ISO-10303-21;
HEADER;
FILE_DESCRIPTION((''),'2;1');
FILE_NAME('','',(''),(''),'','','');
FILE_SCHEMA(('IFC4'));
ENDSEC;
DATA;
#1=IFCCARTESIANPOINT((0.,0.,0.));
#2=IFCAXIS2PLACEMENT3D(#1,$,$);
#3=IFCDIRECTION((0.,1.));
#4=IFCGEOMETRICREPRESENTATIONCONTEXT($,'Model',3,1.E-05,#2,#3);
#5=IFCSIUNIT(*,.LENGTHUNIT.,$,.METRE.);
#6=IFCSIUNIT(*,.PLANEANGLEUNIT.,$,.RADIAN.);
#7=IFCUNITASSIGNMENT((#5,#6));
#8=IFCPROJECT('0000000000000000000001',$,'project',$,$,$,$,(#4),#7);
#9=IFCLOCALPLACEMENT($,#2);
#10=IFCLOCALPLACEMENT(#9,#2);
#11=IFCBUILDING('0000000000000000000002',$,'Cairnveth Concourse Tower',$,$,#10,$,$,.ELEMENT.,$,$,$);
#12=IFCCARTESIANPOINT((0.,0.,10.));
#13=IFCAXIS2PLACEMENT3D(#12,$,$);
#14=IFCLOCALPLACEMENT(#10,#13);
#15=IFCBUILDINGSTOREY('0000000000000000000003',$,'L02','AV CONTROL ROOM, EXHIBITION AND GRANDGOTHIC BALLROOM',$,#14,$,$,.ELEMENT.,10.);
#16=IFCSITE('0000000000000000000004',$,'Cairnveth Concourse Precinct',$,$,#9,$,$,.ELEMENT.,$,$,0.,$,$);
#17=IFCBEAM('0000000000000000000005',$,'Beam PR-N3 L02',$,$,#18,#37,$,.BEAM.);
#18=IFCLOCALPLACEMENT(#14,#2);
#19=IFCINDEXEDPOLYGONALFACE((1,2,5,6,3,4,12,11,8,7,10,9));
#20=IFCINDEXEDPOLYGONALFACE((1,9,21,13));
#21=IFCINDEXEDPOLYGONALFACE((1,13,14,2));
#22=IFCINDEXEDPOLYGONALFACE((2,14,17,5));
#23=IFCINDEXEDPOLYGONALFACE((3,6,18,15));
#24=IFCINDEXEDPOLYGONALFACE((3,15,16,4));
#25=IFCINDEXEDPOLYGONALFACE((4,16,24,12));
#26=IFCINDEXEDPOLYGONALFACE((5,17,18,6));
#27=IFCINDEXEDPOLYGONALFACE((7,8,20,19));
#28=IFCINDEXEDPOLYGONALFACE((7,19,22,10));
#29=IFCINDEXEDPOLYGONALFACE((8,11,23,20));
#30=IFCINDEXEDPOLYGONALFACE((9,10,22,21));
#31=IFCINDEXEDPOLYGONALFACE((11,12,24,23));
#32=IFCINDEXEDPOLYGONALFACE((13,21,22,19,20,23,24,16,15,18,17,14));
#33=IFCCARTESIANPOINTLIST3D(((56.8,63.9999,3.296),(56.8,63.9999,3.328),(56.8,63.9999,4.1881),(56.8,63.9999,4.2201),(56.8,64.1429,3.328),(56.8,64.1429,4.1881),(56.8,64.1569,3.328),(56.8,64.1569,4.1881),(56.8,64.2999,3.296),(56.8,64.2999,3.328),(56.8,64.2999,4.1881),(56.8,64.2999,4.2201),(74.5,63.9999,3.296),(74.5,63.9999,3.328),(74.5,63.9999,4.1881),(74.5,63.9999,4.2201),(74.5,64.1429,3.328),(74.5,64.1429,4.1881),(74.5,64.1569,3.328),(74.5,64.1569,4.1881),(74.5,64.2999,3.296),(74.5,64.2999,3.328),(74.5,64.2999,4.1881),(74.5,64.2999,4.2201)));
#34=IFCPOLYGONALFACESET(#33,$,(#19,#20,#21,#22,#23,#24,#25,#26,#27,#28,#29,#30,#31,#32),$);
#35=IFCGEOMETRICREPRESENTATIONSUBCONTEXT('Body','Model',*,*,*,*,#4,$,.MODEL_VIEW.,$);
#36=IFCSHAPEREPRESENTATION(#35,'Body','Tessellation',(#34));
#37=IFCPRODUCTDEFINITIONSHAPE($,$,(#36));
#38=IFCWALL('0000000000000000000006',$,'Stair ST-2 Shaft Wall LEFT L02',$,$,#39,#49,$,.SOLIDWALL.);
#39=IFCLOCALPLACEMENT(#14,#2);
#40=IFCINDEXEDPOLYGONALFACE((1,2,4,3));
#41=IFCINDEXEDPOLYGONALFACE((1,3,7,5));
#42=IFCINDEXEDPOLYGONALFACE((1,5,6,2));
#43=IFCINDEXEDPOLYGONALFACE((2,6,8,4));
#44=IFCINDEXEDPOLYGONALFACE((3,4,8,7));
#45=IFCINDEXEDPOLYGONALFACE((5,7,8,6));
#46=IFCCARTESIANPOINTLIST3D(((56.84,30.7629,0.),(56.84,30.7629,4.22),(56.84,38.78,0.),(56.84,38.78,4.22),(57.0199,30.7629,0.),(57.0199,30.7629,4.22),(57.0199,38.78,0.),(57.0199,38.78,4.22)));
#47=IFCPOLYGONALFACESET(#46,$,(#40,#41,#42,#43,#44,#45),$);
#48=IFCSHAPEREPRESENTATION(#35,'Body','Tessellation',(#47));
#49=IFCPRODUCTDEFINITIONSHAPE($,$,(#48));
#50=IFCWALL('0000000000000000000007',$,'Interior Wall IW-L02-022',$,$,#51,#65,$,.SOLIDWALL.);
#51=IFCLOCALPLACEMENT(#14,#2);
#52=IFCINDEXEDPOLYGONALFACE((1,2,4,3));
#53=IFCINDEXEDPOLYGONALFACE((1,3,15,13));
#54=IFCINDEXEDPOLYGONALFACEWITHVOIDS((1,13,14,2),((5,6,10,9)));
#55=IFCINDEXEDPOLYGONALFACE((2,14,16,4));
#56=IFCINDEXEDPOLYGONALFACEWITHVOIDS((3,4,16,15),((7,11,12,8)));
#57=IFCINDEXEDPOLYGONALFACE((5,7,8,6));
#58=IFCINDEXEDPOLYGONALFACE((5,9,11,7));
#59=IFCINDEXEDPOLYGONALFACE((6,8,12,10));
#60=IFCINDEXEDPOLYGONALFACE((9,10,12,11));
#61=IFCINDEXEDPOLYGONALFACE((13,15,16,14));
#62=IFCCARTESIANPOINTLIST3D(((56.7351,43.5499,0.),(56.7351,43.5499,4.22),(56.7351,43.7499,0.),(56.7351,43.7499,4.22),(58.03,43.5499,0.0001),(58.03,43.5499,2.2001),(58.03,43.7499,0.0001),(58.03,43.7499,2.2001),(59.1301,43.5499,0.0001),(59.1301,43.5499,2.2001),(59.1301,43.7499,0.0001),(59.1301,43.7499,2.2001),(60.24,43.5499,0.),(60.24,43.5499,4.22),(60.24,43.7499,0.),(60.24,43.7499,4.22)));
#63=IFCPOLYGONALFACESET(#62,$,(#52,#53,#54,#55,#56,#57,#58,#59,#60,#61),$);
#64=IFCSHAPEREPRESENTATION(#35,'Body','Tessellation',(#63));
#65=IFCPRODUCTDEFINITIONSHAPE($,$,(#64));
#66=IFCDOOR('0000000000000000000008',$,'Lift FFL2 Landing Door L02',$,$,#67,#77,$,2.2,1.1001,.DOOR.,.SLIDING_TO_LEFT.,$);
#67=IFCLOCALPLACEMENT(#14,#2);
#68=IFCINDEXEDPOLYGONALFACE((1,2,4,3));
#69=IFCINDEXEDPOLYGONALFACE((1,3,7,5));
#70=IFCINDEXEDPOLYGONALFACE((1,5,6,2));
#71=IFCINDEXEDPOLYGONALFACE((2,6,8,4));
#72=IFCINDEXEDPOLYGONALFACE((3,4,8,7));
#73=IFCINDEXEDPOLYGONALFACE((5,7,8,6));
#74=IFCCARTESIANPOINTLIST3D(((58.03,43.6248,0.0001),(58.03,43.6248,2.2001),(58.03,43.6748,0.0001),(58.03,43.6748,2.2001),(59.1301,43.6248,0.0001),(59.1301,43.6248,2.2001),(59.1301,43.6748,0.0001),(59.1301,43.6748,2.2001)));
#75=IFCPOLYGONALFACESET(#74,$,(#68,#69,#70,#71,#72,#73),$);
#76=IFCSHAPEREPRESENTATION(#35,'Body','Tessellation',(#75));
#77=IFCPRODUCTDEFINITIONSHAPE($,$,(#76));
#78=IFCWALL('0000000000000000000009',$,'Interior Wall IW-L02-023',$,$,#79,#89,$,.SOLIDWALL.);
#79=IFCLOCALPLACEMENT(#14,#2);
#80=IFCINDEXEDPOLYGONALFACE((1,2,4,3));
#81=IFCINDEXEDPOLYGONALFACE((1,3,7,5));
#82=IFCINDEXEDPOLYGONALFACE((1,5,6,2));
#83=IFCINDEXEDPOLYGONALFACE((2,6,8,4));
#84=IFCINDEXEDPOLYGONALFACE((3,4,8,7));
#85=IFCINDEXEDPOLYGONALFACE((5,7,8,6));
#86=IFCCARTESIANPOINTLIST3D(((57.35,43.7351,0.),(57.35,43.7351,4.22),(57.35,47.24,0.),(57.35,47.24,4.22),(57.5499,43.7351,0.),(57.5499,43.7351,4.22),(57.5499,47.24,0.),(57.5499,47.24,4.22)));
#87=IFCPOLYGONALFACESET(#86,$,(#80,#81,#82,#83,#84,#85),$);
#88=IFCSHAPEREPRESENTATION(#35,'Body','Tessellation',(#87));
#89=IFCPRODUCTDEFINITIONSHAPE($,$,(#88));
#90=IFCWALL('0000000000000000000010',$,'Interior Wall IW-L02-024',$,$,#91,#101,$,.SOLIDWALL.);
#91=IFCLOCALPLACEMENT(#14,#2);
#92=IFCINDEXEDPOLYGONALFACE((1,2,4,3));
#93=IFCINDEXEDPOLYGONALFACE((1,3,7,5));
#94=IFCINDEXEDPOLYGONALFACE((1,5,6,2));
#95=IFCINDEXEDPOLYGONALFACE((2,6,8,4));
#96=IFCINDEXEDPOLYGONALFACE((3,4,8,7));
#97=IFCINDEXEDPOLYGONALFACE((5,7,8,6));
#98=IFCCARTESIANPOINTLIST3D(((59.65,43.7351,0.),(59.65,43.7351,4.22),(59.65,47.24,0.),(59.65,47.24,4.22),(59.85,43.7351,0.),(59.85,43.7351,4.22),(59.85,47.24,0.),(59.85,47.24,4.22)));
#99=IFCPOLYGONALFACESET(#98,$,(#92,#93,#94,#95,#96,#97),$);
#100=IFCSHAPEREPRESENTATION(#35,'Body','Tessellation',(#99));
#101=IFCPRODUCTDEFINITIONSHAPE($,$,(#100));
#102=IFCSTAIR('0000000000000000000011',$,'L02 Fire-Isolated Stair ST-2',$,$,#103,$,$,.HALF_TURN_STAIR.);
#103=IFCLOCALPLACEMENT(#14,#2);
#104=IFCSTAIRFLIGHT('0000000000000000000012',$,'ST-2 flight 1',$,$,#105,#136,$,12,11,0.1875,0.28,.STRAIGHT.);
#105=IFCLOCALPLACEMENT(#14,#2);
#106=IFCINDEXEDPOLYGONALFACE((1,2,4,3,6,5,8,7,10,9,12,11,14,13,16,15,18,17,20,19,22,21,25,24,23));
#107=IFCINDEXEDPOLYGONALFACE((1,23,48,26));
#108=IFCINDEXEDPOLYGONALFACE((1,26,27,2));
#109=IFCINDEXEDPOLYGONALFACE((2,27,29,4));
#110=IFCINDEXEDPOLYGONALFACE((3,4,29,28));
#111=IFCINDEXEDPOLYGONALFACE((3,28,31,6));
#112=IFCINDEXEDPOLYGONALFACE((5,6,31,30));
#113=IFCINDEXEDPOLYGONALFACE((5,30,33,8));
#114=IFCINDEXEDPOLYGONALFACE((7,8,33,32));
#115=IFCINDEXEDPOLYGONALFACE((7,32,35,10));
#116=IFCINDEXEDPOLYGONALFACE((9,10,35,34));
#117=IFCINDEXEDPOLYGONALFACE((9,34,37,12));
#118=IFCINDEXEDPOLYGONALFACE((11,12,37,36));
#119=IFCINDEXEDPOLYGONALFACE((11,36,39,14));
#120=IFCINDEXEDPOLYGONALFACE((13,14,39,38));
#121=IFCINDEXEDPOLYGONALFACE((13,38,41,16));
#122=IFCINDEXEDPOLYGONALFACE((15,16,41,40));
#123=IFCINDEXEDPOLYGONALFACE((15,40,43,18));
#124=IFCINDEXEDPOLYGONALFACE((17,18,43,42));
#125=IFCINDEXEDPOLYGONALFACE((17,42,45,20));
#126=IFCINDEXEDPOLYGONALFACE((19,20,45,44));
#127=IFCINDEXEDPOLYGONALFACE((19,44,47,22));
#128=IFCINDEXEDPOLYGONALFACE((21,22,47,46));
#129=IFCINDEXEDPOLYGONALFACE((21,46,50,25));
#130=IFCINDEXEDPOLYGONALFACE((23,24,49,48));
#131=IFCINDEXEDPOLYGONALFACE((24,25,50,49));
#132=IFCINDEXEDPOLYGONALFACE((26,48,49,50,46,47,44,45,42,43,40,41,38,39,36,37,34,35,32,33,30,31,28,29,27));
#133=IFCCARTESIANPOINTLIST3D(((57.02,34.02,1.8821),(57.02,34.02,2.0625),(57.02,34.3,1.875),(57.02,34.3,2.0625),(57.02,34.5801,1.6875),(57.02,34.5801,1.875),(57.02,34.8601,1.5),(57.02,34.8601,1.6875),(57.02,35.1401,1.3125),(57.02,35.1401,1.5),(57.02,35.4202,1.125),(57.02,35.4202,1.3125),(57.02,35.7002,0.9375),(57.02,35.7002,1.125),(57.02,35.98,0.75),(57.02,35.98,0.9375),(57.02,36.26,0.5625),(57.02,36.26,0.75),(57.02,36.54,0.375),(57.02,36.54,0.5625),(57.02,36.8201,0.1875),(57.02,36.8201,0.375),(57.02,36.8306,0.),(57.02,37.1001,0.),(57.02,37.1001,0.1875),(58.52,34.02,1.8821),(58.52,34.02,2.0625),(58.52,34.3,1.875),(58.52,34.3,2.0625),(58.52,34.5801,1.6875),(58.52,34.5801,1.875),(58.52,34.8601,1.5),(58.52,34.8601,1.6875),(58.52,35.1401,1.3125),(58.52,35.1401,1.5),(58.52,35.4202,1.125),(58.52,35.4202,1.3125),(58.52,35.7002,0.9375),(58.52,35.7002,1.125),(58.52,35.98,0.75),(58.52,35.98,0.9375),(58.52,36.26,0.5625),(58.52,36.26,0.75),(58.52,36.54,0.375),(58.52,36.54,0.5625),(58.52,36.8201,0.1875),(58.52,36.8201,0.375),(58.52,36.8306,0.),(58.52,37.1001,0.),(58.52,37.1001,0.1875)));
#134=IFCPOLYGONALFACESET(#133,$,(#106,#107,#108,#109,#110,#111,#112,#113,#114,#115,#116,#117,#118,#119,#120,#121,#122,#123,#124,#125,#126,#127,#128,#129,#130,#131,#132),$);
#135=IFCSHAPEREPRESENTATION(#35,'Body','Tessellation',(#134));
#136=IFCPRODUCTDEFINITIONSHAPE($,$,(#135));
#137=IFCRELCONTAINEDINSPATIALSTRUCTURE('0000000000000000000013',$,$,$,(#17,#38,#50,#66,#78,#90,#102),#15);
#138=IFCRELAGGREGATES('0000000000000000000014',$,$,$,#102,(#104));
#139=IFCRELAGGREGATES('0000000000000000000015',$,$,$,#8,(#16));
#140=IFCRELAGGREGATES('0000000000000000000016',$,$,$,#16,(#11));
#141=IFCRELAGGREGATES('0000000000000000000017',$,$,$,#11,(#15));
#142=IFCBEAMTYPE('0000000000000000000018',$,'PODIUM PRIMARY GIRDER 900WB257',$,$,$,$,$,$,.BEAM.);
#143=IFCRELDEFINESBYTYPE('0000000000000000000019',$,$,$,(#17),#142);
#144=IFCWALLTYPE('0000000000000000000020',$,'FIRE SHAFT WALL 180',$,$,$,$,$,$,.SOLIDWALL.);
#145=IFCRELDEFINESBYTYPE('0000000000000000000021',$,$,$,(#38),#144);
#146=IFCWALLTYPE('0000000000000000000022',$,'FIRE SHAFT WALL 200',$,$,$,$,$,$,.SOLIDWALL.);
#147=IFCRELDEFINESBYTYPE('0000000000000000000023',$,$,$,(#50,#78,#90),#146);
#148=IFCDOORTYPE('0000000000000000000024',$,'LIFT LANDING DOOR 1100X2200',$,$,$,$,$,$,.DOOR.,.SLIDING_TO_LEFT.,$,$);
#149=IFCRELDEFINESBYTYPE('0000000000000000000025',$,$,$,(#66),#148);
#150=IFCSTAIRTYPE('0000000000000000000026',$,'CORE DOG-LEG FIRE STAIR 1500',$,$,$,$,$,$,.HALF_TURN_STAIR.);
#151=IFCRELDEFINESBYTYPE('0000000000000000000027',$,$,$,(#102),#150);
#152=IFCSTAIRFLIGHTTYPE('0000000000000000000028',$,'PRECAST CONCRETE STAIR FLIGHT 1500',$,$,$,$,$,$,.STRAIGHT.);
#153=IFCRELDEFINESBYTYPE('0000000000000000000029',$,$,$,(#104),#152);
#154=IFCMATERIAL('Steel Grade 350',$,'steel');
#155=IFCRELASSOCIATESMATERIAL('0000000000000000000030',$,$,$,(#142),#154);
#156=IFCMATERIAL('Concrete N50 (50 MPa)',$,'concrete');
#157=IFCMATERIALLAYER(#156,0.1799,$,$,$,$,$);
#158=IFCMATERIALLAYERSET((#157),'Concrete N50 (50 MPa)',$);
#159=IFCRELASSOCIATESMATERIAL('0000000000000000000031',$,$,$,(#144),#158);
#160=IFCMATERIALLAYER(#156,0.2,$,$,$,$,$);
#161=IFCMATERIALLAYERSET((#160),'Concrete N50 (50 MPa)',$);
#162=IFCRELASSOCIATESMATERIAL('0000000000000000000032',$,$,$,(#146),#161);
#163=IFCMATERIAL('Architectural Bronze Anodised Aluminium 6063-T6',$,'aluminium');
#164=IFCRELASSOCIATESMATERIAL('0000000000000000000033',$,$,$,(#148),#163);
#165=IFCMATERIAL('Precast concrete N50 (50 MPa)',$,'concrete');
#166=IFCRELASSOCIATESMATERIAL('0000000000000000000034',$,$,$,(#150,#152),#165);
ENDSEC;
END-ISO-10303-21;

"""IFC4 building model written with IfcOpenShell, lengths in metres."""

from ifc_helpers import new_model, si_unit, direction, frame, frame_2d, origin, origin_2d, place, context, subcontext, project, spatial, polyline, rectangle, i_section, outline, extrude, material, layer, layer_set, material_profile, profile_set, type_object, element, fill, aggregate, save


model = new_model("IFC4")

# Units and contexts
model_context = context("Model", 3, precision=1e-05, world=origin(), true_north=direction((0.0, 1.0)))
body_context = subcontext(model_context, "Body", "Model", "MODEL_VIEW")
ifc_project = project(units=[si_unit("LENGTHUNIT", "METRE"), si_unit("PLANEANGLEUNIT", "RADIAN")], contexts=[model_context])

# Site, building, storey
site_placement = place(None, origin())
site = spatial("IfcSite", under=ifc_project, at=site_placement, Name="Cairnveth Concourse Precinct", CompositionType="ELEMENT", RefElevation=0.0)
building_placement = place(site_placement, origin())
building = spatial("IfcBuilding", under=site, at=building_placement, Name="Cairnveth Concourse Tower", CompositionType="ELEMENT")
storey_placement = place(building_placement, frame((0.0, 0.0, 10.0)))
storey = spatial("IfcBuildingStorey", under=building, at=storey_placement, Name="L02", Description="AV CONTROL ROOM, EXHIBITION AND GRANDGOTHIC BALLROOM", CompositionType="ELEMENT", Elevation=10.0)

# Beam
ifc_material_1 = material(Name="Steel Grade 350", Category="steel")
ifc_material_profile_1 = material_profile(ifc_material_1, i_section(OverallWidth=0.3, OverallDepth=0.9241, WebThickness=0.0139, FlangeThickness=0.032, at=origin_2d()), Name="900WB257")
ifc_profile_set_1 = profile_set([ifc_material_profile_1], Name="Steel Grade 350")
beam_type_1 = type_object("IfcBeamType", Name="PODIUM PRIMARY GIRDER 900WB257", PredefinedType="BEAM", material=ifc_profile_set_1)
beam_1_placement = place(storey_placement, frame((56.8, 64.1499, 3.7581), z_axis=(1.0, 0.0, 0.0), x_axis=(0.0, 1.0, 0.0)))
element("IfcBeam", 1, at=beam_1_placement, inside=storey, type_object=beam_type_1, Name="Beam PR-N3 L02", PredefinedType="BEAM", context=body_context, shape_type="SweptSolid", body=[
    extrude(i_section(OverallWidth=0.3, OverallDepth=0.9241, WebThickness=0.0139, FlangeThickness=0.032, at=origin_2d()), origin(), (0.0, 0.0, 1.0), 17.7),
])

# Shared definitions
ifc_material_2 = material(Name="Concrete N50 (50 MPa)", Category="concrete")
ifc_layer_1 = layer(ifc_material_2, 0.1799)
ifc_layer_set_1 = layer_set([ifc_layer_1], Name="Concrete N50 (50 MPa)")
wall_type_1 = type_object("IfcWallType", Name="FIRE SHAFT WALL 180", PredefinedType="SOLIDWALL", material=ifc_layer_set_1)

# Wall
wall_1_placement = place(storey_placement, frame((56.9299, 38.78, 0.0), z_axis=(0.0, 0.0, 1.0), x_axis=(0.0, -1.0, 0.0)))
element("IfcWall", 2, at=wall_1_placement, inside=storey, type_object=wall_type_1, Name="Stair ST-2 Shaft Wall LEFT L02", PredefinedType="SOLIDWALL", context=body_context, shape_type="SweptSolid", body=[
    extrude(rectangle(XDim=8.0171, YDim=0.1799, at=frame_2d((4.0085, 0.0))), origin(), (0.0, 0.0, 1.0), 4.22),
])

# Wall, opening, door
ifc_layer_2 = layer(ifc_material_2, 0.2)
ifc_layer_set_2 = layer_set([ifc_layer_2], Name="Concrete N50 (50 MPa)")
wall_type_2 = type_object("IfcWallType", Name="FIRE SHAFT WALL 200", PredefinedType="SOLIDWALL", material=ifc_layer_set_2)
wall_2_placement = place(storey_placement, frame((56.7351, 43.6499, 0.0), z_axis=(0.0, 0.0, 1.0), x_axis=(1.0, 0.0, 0.0)))
wall_2 = element("IfcWall", 3, at=wall_2_placement, inside=storey, type_object=wall_type_2, Name="Interior Wall IW-L02-022", PredefinedType="SOLIDWALL", context=body_context, shape_type="SweptSolid", body=[
    extrude(rectangle(XDim=3.5049, YDim=0.2, at=frame_2d((1.7524, 0.0))), origin(), (0.0, 0.0, 1.0), 4.22),
])
opening_1_placement = place(wall_2_placement, frame((1.2949, 0.0, 0.0)))
opening_1 = element("IfcOpeningElement", 4, at=opening_1_placement, cuts=wall_2, PredefinedType="OPENING", context=body_context, shape_type="SweptSolid", body=[
    extrude(rectangle(XDim=1.1001, YDim=2.2, at=frame_2d((0.55, 1.1001))), frame((0.0, 0.1099, 0.0), z_axis=(0.0, -1.0, 0.0), x_axis=(1.0, 0.0, 0.0)), (0.0, 0.0, 1.0), 0.22),
])
ifc_material_3 = material(Name="Architectural Bronze Anodised Aluminium 6063-T6", Category="aluminium")
door_type_1 = type_object("IfcDoorType", Name="LIFT LANDING DOOR 1100X2200", OperationType="SLIDING_TO_LEFT", PredefinedType="DOOR", material=ifc_material_3)
door_1_placement = place(opening_1_placement, origin())
door_1 = element("IfcDoor", 5, at=door_1_placement, inside=storey, type_object=door_type_1, Name="Lift FFL2 Landing Door L02", OperationType="SLIDING_TO_LEFT", OverallHeight=2.2, OverallWidth=1.1001, PredefinedType="DOOR", context=body_context, shape_type="SweptSolid", body=[
    extrude(rectangle(XDim=1.1001, YDim=2.2, at=frame_2d((0.55, 1.1001))), frame((0.0, 0.0249, 0.0), z_axis=(0.0, -1.0, 0.0), x_axis=(1.0, 0.0, 0.0)), (0.0, 0.0, 1.0), 0.05),
])
fill(opening_1, door_1)

# Walls
for number, where, z_axis, x_axis, name in (
    (6, (57.45, 43.7351, 0.0), (0.0, 0.0, 1.0), (0.0, 1.0, 0.0), "Interior Wall IW-L02-023"),
    (7, (59.75, 43.7351, 0.0), (0.0, 0.0, 1.0), (0.0, 1.0, 0.0), "Interior Wall IW-L02-024"),
):
    element("IfcWall", number, at=place(storey_placement, frame(where, z_axis=z_axis, x_axis=x_axis)), inside=storey, type_object=wall_type_2, Name=name, PredefinedType="SOLIDWALL", context=body_context, shape_type="SweptSolid", body=[
        extrude(rectangle(XDim=3.5049, YDim=0.2, at=frame_2d((1.7524, 0.0))), origin(), (0.0, 0.0, 1.0), 4.22),
    ])

# Stair, stair flight
ifc_material_4 = material(Name="Precast concrete N50 (50 MPa)", Category="concrete")
stair_type = type_object("IfcStairType", Name="CORE DOG-LEG FIRE STAIR 1500", PredefinedType="HALF_TURN_STAIR", material=ifc_material_4)
stair_placement = place(storey_placement, origin())
stair = element("IfcStair", 8, at=stair_placement, inside=storey, type_object=stair_type, Name="L02 Fire-Isolated Stair ST-2", PredefinedType="HALF_TURN_STAIR")
stair_flight_type = type_object("IfcStairFlightType", Name="PRECAST CONCRETE STAIR FLIGHT 1500", PredefinedType="STRAIGHT", material=ifc_material_4)
stair_flight_placement = place(storey_placement, frame((57.77, 37.1001, 0.0), z_axis=(0.0, 0.0, 1.0), x_axis=(0.0, -1.0, 0.0)))
stair_flight = element("IfcStairFlight", 9, at=stair_flight_placement, type_object=stair_flight_type, Name="ST-2 flight 1", NumberOfRisers=12, NumberOfTreads=11, PredefinedType="STRAIGHT", RiserHeight=0.1875, TreadLength=0.28, context=body_context, shape_type="SweptSolid", body=[
    extrude(outline(polyline([(0.0, 0.0), (0.0, 0.1875), (0.28, 0.1875), (0.28, 0.375), (0.5601, 0.375), (0.5601, 0.5625), (0.8401, 0.5625), (0.8401, 0.75), (1.1201, 0.75), (1.1201, 0.9375), (1.3999, 0.9375), (1.3999, 1.125), (1.6799, 1.125), (1.6799, 1.3125), (1.96, 1.3125), (1.96, 1.5), (2.24, 1.5), (2.24, 1.6875), (2.52, 1.6875), (2.52, 1.875), (2.8, 1.875), (2.8, 2.0625), (3.0801, 2.0625), (3.0801, 2.25), (3.0801, 1.8821), (0.2695, 0.0), (0.0, 0.0)])), frame((0.0, 0.75, 0.0), z_axis=(0.0, -1.0, 0.0), x_axis=(1.0, 0.0, 0.0)), (0.0, 0.0, 1.0), 1.5),
])
aggregate(stair, [stair_flight])

save(model, "model.ifc")
